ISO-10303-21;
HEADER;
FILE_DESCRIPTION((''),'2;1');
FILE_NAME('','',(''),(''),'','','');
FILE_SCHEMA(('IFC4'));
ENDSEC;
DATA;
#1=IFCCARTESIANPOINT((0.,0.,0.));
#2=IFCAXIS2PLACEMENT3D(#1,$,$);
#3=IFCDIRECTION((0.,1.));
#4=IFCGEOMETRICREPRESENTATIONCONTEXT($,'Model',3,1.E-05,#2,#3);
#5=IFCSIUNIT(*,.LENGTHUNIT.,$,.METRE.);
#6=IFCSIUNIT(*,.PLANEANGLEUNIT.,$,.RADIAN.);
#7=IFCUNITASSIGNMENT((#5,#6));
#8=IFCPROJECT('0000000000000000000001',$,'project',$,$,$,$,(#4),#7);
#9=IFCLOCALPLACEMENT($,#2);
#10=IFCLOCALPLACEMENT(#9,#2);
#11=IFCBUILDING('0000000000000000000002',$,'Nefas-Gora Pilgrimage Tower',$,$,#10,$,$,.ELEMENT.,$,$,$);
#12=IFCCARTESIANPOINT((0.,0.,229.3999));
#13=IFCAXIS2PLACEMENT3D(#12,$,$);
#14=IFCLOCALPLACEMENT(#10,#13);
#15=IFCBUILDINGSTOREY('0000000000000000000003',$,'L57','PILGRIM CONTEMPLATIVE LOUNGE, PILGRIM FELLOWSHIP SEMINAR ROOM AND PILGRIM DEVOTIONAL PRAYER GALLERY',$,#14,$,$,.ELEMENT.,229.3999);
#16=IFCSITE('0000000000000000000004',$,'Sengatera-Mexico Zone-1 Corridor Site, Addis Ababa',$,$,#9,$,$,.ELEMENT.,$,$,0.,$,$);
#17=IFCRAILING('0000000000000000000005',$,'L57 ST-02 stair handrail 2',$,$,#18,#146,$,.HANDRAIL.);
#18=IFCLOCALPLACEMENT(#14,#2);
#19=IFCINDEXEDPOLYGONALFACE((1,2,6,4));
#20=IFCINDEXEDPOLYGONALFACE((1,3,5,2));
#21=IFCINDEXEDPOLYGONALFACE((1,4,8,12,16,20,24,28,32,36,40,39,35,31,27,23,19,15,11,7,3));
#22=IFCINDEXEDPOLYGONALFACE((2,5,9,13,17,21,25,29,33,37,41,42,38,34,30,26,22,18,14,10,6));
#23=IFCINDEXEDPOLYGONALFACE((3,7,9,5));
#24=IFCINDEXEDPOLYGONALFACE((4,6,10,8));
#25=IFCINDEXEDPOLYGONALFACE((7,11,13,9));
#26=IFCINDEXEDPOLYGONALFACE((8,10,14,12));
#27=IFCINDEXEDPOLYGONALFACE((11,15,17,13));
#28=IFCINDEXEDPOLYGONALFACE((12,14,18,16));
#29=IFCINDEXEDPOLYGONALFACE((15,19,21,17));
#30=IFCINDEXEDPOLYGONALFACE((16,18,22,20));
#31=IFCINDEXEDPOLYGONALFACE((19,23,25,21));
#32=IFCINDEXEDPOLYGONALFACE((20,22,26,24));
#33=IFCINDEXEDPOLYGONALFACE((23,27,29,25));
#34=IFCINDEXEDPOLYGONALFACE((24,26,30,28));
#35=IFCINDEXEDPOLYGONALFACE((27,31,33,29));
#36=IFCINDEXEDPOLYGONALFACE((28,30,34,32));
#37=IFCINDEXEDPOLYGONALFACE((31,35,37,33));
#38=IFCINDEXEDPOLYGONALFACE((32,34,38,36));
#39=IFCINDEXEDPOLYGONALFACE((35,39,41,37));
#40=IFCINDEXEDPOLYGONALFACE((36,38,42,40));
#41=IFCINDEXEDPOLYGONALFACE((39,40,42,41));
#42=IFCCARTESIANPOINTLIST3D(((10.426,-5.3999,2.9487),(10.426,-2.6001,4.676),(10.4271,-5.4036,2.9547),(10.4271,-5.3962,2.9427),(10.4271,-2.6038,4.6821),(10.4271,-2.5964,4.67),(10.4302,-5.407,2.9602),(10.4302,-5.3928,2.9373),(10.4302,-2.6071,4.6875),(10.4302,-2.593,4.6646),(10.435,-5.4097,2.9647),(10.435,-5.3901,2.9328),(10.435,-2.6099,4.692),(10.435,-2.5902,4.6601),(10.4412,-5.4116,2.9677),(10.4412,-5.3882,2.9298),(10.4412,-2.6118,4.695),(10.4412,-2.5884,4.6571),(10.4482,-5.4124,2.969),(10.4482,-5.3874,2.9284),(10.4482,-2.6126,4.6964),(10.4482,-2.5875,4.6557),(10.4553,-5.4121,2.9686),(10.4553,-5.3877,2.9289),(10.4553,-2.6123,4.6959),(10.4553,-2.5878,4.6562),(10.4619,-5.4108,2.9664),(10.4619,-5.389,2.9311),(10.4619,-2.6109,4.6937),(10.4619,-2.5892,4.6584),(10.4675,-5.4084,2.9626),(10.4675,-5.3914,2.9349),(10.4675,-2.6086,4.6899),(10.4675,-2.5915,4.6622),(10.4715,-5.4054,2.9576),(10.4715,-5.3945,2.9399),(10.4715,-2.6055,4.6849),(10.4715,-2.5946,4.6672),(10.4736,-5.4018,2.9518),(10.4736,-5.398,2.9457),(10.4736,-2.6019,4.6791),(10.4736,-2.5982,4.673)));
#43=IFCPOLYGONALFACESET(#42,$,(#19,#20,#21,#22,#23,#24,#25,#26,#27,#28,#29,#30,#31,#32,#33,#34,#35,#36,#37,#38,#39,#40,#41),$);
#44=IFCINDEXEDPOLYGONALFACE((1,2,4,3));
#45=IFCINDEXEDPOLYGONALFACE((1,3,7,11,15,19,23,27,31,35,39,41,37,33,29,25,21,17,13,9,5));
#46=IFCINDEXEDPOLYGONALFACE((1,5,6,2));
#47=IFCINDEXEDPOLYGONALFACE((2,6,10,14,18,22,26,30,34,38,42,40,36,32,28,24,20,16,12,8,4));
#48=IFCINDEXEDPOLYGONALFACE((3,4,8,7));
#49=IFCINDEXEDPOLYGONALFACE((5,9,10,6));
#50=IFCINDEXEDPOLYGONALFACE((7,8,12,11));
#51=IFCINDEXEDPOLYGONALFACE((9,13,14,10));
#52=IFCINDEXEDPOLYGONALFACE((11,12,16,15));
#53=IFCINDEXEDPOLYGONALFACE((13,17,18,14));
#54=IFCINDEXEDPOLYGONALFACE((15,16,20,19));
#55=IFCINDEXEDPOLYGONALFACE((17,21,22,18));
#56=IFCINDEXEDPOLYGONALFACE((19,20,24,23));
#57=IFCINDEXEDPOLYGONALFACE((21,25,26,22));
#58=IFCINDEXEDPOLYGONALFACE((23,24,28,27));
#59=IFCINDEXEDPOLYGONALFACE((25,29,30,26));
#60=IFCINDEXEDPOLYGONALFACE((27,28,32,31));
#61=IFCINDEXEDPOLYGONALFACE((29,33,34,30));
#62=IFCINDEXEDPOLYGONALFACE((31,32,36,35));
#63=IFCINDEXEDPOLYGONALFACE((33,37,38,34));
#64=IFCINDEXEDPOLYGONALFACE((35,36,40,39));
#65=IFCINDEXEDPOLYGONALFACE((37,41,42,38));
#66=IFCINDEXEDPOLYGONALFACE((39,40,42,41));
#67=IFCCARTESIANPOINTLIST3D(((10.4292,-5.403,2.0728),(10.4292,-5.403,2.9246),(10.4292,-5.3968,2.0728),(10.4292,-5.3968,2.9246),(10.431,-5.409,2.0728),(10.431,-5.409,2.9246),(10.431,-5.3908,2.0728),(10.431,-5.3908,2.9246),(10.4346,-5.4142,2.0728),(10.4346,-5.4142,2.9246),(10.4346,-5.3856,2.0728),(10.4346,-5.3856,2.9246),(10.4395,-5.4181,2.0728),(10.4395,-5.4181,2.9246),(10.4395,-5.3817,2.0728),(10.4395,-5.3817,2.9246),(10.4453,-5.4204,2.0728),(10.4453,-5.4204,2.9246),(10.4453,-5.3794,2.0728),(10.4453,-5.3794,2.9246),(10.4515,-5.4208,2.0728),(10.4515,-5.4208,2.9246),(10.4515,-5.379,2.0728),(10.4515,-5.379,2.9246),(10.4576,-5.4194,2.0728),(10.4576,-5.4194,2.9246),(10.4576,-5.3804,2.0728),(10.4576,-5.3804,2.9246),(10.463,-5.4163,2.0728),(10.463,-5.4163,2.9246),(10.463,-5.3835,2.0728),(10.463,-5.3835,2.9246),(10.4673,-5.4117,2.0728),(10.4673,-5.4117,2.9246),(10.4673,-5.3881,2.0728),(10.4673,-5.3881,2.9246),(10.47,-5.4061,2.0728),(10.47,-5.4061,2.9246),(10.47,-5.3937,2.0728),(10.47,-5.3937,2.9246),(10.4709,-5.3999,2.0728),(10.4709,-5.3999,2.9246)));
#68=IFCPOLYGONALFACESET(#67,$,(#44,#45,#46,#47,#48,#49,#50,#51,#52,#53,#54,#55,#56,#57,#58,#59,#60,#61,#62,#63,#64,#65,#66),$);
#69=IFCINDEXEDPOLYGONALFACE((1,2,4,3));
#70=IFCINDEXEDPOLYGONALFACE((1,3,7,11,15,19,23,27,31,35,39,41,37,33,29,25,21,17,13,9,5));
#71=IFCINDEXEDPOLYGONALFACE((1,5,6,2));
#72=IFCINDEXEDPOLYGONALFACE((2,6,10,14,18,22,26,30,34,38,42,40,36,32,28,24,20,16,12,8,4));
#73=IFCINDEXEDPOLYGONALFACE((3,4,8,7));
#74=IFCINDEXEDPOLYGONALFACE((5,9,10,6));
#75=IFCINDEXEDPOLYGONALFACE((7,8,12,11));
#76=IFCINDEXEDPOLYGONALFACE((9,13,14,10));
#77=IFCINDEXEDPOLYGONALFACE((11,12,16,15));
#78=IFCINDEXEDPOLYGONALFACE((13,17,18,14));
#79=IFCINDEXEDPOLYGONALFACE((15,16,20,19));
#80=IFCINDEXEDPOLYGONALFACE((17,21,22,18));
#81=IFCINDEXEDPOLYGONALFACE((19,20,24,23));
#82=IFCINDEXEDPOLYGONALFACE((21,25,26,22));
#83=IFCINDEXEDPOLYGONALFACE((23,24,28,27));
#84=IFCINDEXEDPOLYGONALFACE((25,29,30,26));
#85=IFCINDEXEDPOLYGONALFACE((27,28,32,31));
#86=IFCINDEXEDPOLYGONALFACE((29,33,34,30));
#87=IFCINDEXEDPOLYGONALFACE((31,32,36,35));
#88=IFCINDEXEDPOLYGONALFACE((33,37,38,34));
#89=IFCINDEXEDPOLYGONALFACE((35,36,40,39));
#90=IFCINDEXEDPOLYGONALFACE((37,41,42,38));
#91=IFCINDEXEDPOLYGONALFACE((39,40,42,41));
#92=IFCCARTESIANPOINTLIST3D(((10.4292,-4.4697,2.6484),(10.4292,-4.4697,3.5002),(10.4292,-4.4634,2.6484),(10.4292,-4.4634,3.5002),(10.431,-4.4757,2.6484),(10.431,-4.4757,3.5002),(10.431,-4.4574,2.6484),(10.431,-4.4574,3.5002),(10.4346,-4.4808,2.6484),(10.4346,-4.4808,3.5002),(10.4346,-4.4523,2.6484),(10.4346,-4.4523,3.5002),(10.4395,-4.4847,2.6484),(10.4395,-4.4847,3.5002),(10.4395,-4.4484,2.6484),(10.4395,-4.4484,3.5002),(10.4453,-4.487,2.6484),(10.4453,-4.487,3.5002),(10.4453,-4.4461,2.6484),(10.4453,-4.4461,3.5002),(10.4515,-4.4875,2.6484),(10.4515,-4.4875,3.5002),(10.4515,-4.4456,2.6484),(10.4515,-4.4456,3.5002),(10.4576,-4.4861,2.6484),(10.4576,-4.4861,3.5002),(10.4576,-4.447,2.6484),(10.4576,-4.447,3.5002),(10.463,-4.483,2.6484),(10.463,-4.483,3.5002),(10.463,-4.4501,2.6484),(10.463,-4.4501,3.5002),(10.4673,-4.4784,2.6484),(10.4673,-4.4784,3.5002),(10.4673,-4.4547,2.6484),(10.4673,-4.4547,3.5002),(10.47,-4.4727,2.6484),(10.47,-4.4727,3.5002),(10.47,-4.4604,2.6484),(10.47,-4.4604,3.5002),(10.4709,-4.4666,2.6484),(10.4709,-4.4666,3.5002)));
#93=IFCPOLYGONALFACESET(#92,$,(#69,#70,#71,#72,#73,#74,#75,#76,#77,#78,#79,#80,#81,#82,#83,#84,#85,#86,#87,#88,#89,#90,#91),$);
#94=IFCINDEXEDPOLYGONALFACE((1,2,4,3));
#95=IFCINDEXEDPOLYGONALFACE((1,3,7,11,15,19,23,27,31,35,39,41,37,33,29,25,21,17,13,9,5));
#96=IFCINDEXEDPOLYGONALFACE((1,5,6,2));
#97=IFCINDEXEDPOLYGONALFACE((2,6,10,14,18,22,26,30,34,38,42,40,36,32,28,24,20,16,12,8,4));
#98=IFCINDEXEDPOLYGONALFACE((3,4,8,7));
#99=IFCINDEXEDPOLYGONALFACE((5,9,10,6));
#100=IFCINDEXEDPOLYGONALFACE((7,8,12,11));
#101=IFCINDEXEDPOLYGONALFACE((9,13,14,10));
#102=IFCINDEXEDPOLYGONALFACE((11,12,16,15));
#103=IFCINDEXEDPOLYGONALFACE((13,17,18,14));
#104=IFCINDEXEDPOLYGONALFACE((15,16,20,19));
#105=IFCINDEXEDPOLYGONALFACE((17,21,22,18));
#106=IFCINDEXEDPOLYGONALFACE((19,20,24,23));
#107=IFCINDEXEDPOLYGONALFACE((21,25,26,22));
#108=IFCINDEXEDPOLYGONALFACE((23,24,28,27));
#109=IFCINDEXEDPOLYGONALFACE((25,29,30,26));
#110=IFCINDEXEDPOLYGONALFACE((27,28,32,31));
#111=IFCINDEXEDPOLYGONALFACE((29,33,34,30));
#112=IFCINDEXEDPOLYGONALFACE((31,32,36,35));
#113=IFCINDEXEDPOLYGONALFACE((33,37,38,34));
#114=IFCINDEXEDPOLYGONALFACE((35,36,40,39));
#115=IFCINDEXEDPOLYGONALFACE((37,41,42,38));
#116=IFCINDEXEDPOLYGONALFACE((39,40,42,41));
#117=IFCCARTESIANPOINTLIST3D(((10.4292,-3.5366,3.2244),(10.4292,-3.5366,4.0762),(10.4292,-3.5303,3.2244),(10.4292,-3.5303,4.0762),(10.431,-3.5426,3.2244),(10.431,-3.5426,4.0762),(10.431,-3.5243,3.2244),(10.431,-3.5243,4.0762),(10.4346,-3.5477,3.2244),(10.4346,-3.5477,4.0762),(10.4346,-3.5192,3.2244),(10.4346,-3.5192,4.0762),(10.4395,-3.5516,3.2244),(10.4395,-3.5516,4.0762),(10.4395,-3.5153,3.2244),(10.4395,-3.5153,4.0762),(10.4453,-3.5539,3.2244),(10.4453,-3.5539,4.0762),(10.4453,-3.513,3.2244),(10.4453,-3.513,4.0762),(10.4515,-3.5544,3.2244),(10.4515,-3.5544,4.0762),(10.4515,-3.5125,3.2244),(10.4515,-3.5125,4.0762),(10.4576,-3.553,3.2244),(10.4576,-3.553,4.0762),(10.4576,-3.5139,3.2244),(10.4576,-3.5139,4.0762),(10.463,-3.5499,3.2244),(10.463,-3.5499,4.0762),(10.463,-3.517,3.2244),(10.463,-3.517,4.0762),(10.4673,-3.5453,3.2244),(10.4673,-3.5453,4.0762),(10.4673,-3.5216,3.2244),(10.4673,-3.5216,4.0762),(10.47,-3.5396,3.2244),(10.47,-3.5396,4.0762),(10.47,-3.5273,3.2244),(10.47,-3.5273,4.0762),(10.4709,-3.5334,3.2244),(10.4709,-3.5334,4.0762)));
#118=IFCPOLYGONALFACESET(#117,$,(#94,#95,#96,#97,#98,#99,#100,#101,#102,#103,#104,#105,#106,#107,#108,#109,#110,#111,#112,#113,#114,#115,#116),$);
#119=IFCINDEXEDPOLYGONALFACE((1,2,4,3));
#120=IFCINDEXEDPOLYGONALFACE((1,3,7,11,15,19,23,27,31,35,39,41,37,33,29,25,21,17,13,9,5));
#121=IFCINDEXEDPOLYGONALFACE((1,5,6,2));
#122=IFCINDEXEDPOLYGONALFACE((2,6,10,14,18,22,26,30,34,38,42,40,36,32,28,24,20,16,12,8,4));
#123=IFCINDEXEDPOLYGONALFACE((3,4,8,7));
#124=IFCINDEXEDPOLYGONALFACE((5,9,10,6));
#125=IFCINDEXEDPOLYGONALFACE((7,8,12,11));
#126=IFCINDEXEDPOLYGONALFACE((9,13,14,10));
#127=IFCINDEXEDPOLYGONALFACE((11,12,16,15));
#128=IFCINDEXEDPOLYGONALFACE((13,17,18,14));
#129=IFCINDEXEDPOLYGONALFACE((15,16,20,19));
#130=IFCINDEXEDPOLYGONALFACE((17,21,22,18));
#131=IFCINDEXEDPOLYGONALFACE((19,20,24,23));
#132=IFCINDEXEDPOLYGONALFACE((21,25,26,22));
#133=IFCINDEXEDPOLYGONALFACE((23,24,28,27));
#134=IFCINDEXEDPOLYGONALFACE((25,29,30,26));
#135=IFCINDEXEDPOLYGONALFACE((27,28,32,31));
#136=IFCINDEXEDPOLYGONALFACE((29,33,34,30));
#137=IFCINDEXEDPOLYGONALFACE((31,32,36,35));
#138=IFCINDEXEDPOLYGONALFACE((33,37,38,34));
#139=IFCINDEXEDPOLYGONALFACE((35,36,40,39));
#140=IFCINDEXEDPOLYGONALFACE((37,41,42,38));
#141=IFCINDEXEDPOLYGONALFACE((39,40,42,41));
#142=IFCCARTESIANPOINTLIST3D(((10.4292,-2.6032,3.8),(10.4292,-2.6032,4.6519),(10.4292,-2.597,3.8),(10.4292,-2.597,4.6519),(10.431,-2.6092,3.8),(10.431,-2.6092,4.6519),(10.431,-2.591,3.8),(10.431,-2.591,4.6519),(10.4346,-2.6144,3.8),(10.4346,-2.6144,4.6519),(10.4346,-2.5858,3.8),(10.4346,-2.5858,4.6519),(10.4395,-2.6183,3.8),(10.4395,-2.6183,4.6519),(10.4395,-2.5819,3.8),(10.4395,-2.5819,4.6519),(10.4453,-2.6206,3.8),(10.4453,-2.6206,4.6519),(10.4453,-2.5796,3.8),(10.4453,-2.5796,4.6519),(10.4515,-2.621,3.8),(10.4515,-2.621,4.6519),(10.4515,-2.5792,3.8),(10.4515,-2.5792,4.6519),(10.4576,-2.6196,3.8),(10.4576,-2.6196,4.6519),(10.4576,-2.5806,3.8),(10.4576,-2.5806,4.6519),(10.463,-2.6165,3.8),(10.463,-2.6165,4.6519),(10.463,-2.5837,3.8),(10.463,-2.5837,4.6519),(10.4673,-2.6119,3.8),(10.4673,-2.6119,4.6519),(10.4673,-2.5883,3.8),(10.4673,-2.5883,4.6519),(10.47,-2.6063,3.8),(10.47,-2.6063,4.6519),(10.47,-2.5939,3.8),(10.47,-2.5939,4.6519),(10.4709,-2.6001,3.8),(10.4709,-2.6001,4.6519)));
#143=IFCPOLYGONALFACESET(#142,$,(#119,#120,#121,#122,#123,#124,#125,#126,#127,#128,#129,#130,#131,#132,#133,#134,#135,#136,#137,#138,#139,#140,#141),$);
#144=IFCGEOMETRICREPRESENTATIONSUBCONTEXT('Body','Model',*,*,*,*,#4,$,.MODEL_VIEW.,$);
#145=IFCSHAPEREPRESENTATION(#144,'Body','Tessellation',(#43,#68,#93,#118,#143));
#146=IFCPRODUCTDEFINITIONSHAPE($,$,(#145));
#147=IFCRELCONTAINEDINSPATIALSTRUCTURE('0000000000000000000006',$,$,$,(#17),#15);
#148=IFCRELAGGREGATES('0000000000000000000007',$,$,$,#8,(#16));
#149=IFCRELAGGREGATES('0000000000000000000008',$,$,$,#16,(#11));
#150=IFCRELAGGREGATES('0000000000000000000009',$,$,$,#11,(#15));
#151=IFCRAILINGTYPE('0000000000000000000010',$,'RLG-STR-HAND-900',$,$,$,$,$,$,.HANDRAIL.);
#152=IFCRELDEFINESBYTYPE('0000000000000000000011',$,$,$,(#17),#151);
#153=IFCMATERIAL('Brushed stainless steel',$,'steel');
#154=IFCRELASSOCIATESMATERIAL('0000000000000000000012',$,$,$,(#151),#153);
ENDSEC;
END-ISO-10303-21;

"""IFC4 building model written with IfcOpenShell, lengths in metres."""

from ifc_helpers import new_model, si_unit, direction, frame, origin, origin_2d, place, context, subcontext, project, spatial, circle, extrude, material, type_object, element, save


model = new_model("IFC4")

# Units and contexts
model_context = context("Model", 3, precision=1e-05, world=origin(), true_north=direction((0.0, 1.0)))
body_context = subcontext(model_context, "Body", "Model", "MODEL_VIEW")
ifc_project = project(units=[si_unit("LENGTHUNIT", "METRE"), si_unit("PLANEANGLEUNIT", "RADIAN")], contexts=[model_context])

# Site, building, storey
site_placement = place(None, origin())
site = spatial("IfcSite", under=ifc_project, at=site_placement, Name="Sengatera-Mexico Zone-1 Corridor Site, Addis Ababa", CompositionType="ELEMENT", RefElevation=0.0)
building_placement = place(site_placement, origin())
building = spatial("IfcBuilding", under=site, at=building_placement, Name="Nefas-Gora Pilgrimage Tower", CompositionType="ELEMENT")
storey_placement = place(building_placement, frame((0.0, 0.0, 229.3999)))
storey = spatial("IfcBuildingStorey", under=building, at=storey_placement, Name="L57", Description="PILGRIM CONTEMPLATIVE LOUNGE, PILGRIM FELLOWSHIP SEMINAR ROOM AND PILGRIM DEVOTIONAL PRAYER GALLERY", CompositionType="ELEMENT", Elevation=229.3999)

# Railing
ifc_material_1 = material(Name="Brushed stainless steel", Category="steel")
railing_type_1 = type_object("IfcRailingType", Name="RLG-STR-HAND-900", PredefinedType="HANDRAIL", material=ifc_material_1)
railing_1_placement = place(storey_placement, frame((10.45, -5.3999, 2.0728)))
element("IfcRailing", 1, at=railing_1_placement, inside=storey, type_object=railing_type_1, Name="L57 ST-02 stair handrail 2", PredefinedType="HANDRAIL", context=body_context, shape_type="SweptSolid", body=[
    extrude(circle(Radius=0.0239, at=origin_2d()), frame((0.0, 0.0, 0.876), z_axis=(0.0, 0.851069, 0.525054), x_axis=(-1.0, 0.0, 0.0)), (0.0, 0.0, 1.0), 3.2898),
    extrude(circle(Radius=0.021, at=origin_2d()), origin(), (0.0, 0.0, 1.0), 0.8518),
    extrude(circle(Radius=0.021, at=origin_2d()), frame((0.0, 0.9333, 0.5757)), (0.0, 0.0, 1.0), 0.8518),
    extrude(circle(Radius=0.021, at=origin_2d()), frame((0.0, 1.8665, 1.1516)), (0.0, 0.0, 1.0), 0.8518),
    extrude(circle(Radius=0.021, at=origin_2d()), frame((0.0, 2.7998, 1.7273)), (0.0, 0.0, 1.0), 0.8518),
])

save(model, "model.ifc")
